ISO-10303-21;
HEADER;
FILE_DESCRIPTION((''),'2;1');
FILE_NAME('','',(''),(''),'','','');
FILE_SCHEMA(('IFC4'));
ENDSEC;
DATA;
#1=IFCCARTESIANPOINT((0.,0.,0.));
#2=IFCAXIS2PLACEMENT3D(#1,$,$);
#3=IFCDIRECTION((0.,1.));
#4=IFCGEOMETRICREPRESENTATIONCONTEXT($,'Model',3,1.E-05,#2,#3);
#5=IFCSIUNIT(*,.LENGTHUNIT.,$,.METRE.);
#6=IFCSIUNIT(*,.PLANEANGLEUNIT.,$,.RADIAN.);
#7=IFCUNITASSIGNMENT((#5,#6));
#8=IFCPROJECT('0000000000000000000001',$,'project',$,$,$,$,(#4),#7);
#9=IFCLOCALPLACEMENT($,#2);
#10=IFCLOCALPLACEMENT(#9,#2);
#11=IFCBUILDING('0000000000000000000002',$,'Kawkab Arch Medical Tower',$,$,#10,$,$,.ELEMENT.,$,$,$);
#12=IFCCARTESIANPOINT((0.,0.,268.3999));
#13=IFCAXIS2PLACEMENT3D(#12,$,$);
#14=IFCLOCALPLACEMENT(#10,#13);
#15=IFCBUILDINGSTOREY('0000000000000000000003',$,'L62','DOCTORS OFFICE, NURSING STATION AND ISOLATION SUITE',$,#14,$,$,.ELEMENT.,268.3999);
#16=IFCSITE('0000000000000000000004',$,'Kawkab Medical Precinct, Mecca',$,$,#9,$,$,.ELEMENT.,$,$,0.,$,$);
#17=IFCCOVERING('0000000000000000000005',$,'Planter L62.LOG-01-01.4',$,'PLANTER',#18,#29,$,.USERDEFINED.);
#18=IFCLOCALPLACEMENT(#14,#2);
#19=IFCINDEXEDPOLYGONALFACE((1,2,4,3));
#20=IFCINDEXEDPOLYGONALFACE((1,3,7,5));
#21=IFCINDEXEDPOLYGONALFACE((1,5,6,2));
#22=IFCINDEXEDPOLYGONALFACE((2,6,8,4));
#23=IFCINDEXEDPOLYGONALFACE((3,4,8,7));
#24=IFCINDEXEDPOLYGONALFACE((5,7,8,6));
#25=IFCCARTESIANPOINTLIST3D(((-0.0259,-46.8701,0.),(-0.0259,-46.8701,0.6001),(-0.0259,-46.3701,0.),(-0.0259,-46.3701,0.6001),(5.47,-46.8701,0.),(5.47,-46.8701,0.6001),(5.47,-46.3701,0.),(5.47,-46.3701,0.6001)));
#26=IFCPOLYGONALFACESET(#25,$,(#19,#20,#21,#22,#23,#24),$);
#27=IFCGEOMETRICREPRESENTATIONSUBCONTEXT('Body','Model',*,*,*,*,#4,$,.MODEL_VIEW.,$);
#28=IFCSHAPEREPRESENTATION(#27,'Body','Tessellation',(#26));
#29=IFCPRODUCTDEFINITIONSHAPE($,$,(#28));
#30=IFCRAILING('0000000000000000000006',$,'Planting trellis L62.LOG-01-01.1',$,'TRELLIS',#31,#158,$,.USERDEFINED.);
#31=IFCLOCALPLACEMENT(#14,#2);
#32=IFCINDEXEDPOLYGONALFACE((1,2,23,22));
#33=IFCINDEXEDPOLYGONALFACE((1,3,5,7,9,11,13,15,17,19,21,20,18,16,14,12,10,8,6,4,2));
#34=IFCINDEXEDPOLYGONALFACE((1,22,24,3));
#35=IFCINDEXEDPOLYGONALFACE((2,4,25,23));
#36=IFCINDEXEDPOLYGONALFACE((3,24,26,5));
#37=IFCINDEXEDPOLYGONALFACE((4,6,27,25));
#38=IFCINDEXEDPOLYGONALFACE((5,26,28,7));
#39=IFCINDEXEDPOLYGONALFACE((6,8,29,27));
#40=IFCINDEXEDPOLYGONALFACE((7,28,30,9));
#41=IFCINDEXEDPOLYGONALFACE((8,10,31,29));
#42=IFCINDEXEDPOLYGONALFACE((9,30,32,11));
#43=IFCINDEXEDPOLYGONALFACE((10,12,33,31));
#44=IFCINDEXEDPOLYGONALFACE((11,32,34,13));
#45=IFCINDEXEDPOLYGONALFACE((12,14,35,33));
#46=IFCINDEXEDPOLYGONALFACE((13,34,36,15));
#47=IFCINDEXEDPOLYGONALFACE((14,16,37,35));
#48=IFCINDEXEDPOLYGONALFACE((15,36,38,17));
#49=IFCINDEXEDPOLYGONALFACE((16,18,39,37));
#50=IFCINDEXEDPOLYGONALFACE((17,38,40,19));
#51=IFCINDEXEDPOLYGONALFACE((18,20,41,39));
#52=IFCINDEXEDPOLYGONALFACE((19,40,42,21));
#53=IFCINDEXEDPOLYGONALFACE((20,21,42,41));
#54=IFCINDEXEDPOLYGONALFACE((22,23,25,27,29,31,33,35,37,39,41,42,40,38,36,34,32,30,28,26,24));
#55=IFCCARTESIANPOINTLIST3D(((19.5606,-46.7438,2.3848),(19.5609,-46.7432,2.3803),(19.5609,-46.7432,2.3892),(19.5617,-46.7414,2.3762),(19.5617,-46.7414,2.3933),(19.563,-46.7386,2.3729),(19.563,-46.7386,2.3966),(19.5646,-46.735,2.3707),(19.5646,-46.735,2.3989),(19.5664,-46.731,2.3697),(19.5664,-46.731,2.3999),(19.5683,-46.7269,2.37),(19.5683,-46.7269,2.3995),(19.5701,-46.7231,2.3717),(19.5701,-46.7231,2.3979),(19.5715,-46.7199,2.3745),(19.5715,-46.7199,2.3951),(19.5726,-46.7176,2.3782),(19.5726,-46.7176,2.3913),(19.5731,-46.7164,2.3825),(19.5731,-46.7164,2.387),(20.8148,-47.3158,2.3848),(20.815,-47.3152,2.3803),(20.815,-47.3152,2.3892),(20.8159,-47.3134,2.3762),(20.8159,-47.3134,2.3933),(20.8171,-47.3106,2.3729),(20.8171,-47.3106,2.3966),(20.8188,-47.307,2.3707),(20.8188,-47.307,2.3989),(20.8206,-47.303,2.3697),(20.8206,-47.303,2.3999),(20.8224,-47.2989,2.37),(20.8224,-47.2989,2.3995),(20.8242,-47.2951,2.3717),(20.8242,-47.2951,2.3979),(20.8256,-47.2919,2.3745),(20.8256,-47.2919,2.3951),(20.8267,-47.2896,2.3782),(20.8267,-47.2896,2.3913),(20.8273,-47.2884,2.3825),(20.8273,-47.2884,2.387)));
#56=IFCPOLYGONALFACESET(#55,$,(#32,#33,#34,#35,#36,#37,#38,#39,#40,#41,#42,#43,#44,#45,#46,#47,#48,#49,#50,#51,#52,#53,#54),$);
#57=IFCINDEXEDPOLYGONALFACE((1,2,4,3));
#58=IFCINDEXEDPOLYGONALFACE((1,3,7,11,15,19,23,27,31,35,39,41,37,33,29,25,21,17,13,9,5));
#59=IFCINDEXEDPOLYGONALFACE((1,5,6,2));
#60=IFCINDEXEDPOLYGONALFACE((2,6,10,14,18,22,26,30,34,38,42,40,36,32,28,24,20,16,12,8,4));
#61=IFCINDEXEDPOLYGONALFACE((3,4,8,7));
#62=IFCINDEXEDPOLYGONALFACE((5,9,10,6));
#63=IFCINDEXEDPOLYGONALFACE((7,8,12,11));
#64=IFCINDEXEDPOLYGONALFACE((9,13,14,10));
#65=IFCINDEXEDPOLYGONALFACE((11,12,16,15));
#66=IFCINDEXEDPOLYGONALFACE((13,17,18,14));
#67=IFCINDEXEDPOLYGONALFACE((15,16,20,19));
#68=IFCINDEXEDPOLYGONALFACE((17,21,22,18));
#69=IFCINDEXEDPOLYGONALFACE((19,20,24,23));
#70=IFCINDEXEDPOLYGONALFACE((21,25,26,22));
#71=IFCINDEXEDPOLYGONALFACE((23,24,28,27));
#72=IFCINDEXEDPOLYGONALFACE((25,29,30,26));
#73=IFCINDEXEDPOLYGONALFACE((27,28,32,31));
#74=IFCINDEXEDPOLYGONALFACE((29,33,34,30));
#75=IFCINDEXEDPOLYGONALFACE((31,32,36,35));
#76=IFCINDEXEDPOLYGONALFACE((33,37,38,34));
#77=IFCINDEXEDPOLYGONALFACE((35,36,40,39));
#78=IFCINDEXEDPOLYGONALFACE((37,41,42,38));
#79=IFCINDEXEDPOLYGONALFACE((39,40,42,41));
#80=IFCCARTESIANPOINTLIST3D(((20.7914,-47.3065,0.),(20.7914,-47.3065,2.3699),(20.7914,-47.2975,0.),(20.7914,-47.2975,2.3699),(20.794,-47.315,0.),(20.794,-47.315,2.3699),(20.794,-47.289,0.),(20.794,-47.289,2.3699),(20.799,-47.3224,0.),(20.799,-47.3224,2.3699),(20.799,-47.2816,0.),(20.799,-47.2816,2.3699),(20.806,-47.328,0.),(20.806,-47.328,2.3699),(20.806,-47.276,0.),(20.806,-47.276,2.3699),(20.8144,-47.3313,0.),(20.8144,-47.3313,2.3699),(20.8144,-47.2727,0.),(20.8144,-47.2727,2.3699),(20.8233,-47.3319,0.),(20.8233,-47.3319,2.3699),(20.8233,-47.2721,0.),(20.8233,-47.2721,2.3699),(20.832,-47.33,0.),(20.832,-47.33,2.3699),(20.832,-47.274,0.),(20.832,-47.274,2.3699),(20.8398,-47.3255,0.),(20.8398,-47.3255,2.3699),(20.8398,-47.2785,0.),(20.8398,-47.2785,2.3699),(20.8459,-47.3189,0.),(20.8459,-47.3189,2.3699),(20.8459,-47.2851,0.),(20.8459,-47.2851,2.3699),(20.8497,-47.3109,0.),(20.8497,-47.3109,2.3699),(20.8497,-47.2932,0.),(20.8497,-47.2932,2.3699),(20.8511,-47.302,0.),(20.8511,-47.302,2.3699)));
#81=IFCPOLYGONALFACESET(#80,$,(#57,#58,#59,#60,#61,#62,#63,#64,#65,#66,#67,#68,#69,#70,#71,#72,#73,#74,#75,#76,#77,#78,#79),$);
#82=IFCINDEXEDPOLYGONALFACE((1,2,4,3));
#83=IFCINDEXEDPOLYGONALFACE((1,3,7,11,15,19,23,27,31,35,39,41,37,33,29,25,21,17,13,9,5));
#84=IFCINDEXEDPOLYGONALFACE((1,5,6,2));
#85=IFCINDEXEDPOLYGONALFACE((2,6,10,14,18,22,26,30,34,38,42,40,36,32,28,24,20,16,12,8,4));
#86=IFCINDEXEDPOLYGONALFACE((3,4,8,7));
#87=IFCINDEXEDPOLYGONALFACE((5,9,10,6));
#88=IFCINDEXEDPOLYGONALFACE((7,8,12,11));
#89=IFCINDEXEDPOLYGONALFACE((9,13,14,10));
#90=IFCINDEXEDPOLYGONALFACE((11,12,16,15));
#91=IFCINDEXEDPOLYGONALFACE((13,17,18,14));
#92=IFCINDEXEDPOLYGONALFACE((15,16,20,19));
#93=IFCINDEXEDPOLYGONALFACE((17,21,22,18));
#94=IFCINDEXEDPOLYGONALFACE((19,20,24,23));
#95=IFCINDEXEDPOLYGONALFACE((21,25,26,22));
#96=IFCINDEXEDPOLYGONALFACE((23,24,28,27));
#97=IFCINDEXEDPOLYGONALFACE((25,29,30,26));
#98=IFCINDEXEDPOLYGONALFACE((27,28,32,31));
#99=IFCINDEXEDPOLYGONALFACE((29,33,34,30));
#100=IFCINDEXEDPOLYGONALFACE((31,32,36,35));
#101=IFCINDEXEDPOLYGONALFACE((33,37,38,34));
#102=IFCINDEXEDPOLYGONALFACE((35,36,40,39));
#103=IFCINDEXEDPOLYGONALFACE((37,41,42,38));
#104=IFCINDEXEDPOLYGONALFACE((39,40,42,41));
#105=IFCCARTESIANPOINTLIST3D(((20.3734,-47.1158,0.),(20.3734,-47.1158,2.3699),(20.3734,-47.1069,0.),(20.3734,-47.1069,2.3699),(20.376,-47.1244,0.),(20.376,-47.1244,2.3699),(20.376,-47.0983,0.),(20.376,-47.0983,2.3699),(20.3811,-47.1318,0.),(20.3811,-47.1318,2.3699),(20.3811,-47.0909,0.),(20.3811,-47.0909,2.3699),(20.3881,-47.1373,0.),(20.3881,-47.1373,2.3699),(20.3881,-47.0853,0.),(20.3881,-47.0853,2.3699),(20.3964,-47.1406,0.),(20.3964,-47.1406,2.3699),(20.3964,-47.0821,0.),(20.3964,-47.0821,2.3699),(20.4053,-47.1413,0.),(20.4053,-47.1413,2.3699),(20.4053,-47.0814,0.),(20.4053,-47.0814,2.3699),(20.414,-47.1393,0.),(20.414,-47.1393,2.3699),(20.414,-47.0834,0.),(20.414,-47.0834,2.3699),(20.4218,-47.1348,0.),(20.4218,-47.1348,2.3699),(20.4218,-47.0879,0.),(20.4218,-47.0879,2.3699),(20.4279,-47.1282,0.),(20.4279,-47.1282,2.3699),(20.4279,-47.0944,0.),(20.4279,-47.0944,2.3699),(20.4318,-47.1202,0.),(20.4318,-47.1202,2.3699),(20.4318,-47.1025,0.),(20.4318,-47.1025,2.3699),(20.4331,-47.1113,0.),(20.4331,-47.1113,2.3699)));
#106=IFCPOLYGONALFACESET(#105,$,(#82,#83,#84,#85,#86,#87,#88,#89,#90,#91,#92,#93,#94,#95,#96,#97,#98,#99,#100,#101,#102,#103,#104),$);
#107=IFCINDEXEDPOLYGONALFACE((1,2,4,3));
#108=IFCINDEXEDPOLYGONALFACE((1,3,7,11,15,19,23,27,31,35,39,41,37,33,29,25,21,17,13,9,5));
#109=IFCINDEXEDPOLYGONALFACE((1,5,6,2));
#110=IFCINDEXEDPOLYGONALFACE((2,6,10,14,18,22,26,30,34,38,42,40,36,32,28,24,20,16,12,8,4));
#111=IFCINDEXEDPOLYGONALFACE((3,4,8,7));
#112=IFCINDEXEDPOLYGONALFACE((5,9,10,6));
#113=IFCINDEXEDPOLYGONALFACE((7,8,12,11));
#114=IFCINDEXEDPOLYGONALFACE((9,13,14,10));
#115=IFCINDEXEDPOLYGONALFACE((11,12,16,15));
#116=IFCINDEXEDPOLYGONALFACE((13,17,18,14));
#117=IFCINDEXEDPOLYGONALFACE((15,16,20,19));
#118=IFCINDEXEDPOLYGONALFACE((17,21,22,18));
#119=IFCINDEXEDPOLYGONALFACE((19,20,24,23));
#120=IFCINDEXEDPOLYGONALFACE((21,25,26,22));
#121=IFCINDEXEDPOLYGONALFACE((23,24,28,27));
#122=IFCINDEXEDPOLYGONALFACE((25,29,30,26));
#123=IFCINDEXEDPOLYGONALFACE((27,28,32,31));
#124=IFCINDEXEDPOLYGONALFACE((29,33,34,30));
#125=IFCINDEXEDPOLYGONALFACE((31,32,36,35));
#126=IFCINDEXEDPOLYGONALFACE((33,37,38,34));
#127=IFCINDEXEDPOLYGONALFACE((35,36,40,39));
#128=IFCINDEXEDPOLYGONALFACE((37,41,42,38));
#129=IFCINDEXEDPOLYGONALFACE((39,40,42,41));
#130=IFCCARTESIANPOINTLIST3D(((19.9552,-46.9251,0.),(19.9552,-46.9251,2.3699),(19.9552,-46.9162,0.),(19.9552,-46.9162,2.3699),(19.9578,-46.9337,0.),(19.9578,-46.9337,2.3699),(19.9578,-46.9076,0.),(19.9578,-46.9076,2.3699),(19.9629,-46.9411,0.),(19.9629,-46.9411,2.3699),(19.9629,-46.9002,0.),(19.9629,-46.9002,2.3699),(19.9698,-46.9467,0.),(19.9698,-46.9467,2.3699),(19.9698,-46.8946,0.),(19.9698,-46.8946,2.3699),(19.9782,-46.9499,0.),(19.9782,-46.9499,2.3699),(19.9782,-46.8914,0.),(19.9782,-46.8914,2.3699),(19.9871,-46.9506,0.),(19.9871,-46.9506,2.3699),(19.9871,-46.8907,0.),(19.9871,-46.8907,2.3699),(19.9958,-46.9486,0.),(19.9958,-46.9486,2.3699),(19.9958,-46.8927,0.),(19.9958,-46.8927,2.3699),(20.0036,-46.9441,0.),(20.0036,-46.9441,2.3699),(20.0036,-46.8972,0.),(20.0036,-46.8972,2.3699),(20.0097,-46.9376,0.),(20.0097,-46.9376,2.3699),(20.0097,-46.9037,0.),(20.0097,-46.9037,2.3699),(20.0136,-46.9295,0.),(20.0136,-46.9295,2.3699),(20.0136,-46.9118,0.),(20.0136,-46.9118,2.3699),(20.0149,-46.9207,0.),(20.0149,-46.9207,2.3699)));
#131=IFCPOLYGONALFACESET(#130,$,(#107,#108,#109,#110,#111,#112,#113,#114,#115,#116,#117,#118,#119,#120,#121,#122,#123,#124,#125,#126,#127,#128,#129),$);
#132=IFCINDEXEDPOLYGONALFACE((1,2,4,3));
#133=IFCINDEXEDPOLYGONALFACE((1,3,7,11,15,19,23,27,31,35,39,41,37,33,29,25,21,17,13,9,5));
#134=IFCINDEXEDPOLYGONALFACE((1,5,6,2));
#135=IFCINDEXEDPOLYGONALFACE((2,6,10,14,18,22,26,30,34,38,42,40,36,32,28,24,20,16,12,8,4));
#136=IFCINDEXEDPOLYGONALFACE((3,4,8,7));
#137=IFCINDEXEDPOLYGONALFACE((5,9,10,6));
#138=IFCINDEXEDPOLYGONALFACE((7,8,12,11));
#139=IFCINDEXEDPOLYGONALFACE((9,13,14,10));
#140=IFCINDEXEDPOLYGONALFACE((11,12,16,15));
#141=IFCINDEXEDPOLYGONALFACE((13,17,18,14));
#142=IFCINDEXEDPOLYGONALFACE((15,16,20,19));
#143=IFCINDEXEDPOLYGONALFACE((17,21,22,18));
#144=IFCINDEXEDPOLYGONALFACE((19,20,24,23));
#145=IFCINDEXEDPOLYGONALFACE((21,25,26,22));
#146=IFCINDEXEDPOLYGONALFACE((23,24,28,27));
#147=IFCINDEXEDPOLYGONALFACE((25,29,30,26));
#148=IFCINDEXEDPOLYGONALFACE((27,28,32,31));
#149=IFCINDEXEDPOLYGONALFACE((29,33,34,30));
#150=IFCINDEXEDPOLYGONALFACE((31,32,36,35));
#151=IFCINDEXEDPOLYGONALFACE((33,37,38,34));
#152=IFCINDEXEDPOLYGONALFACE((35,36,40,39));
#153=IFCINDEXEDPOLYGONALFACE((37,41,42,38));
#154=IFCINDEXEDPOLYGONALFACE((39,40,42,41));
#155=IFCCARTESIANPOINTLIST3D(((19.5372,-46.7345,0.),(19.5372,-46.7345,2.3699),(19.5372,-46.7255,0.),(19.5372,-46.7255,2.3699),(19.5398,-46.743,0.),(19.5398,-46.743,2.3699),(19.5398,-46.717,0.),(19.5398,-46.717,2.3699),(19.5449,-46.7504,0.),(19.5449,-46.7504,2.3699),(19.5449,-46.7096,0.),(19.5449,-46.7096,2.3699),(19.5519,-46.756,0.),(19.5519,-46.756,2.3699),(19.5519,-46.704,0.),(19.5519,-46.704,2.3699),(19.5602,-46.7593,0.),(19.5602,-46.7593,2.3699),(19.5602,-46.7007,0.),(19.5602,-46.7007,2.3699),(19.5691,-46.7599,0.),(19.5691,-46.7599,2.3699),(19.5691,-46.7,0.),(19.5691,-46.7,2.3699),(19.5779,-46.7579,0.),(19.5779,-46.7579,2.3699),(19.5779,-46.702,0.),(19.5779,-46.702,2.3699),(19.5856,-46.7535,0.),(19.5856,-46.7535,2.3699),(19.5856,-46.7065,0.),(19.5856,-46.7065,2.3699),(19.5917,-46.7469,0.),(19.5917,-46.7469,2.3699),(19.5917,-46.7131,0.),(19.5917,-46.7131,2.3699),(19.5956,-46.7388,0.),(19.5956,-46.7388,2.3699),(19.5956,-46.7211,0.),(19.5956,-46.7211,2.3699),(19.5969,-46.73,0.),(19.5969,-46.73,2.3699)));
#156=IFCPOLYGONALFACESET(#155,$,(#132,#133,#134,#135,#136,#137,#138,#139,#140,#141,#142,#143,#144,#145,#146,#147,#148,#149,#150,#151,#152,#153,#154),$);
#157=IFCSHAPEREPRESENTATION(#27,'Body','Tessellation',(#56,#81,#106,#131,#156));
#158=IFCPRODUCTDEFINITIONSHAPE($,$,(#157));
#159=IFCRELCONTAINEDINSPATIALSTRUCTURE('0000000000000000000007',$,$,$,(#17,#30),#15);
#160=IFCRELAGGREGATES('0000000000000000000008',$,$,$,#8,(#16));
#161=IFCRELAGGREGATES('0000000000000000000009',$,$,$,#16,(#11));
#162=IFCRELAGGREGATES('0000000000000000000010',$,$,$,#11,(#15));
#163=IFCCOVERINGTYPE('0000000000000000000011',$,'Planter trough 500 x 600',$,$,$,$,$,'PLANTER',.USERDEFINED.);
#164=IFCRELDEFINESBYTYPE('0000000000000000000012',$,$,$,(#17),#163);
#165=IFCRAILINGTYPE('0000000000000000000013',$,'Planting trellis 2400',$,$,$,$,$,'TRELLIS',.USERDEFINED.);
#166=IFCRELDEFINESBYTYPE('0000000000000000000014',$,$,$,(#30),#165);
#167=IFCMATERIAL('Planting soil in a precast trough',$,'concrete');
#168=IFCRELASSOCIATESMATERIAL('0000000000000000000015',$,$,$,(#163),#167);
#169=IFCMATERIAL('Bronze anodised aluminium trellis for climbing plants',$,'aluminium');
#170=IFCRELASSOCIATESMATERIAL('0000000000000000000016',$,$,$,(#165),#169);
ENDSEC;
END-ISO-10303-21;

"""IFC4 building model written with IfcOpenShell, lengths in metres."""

from ifc_helpers import new_model, si_unit, direction, frame, origin, origin_2d, place, context, subcontext, project, spatial, rectangle, circle, extrude, material, material_profile, profile_set, type_object, element, save


model = new_model("IFC4")

# Units and contexts
model_context = context("Model", 3, precision=1e-05, world=origin(), true_north=direction((0.0, 1.0)))
body_context = subcontext(model_context, "Body", "Model", "MODEL_VIEW")
ifc_project = project(units=[si_unit("LENGTHUNIT", "METRE"), si_unit("PLANEANGLEUNIT", "RADIAN")], contexts=[model_context])

# Site, building, storey
site_placement = place(None, origin())
site = spatial("IfcSite", under=ifc_project, at=site_placement, Name="Kawkab Medical Precinct, Mecca", CompositionType="ELEMENT", RefElevation=0.0)
building_placement = place(site_placement, origin())
building = spatial("IfcBuilding", under=site, at=building_placement, Name="Kawkab Arch Medical Tower", CompositionType="ELEMENT")
storey_placement = place(building_placement, frame((0.0, 0.0, 268.3999)))
storey = spatial("IfcBuildingStorey", under=building, at=storey_placement, Name="L62", Description="DOCTORS OFFICE, NURSING STATION AND ISOLATION SUITE", CompositionType="ELEMENT", Elevation=268.3999)

# Covering
ifc_material_1 = material(Name="Planting soil in a precast trough", Category="concrete")
ifc_material_profile_1 = material_profile(ifc_material_1, rectangle(XDim=0.5, YDim=0.6001, at=origin_2d()), Name="Trough 500x600")
ifc_profile_set_1 = profile_set([ifc_material_profile_1], Name="Planting soil in a precast trough")
covering_type = type_object("IfcCoveringType", Name="Planter trough 500 x 600", ElementType="PLANTER", PredefinedType="USERDEFINED", material=ifc_profile_set_1)
covering_1_placement = place(storey_placement, frame((5.47, -46.6201, 0.3), z_axis=(-1.0, 0.0, 0.0), x_axis=(0.0, -1.0, 0.0)))
element("IfcCovering", 1, at=covering_1_placement, inside=storey, type_object=covering_type, Name="Planter L62.LOG-01-01.4", ObjectType="PLANTER", PredefinedType="USERDEFINED", context=body_context, shape_type="SweptSolid", body=[
    extrude(rectangle(XDim=0.5, YDim=0.6001, at=origin_2d()), origin(), (0.0, 0.0, 1.0), 5.4958),
])

# Railing
ifc_material_2 = material(Name="Bronze anodised aluminium trellis for climbing plants", Category="aluminium")
railing_type_1 = type_object("IfcRailingType", Name="Planting trellis 2400", ElementType="TRELLIS", PredefinedType="USERDEFINED", material=ifc_material_2)
railing_1_placement = place(storey_placement, frame((20.821, -47.302, 0.0)))
element("IfcRailing", 2, at=railing_1_placement, inside=storey, type_object=railing_type_1, Name="Planting trellis L62.LOG-01-01.1", ObjectType="TRELLIS", PredefinedType="USERDEFINED", context=body_context, shape_type="SweptSolid", body=[
    extrude(circle(Radius=0.0151, at=origin_2d()), frame((0.0, 0.0, 2.3848), z_axis=(-0.909832, 0.414977, 0.0), x_axis=(-0.414977, -0.909832, 0.0)), (0.0, 0.0, 1.0), 1.3784),
    extrude(circle(Radius=0.03, at=origin_2d()), origin(), (0.0, 0.0, 1.0), 2.3699),
    extrude(circle(Radius=0.03, at=origin_2d()), frame((-0.418, 0.1907, 0.0)), (0.0, 0.0, 1.0), 2.3699),
    extrude(circle(Radius=0.03, at=origin_2d()), frame((-0.8362, 0.3813, 0.0)), (0.0, 0.0, 1.0), 2.3699),
    extrude(circle(Radius=0.03, at=origin_2d()), frame((-1.2542, 0.572, 0.0)), (0.0, 0.0, 1.0), 2.3699),
])

save(model, "model.ifc")
